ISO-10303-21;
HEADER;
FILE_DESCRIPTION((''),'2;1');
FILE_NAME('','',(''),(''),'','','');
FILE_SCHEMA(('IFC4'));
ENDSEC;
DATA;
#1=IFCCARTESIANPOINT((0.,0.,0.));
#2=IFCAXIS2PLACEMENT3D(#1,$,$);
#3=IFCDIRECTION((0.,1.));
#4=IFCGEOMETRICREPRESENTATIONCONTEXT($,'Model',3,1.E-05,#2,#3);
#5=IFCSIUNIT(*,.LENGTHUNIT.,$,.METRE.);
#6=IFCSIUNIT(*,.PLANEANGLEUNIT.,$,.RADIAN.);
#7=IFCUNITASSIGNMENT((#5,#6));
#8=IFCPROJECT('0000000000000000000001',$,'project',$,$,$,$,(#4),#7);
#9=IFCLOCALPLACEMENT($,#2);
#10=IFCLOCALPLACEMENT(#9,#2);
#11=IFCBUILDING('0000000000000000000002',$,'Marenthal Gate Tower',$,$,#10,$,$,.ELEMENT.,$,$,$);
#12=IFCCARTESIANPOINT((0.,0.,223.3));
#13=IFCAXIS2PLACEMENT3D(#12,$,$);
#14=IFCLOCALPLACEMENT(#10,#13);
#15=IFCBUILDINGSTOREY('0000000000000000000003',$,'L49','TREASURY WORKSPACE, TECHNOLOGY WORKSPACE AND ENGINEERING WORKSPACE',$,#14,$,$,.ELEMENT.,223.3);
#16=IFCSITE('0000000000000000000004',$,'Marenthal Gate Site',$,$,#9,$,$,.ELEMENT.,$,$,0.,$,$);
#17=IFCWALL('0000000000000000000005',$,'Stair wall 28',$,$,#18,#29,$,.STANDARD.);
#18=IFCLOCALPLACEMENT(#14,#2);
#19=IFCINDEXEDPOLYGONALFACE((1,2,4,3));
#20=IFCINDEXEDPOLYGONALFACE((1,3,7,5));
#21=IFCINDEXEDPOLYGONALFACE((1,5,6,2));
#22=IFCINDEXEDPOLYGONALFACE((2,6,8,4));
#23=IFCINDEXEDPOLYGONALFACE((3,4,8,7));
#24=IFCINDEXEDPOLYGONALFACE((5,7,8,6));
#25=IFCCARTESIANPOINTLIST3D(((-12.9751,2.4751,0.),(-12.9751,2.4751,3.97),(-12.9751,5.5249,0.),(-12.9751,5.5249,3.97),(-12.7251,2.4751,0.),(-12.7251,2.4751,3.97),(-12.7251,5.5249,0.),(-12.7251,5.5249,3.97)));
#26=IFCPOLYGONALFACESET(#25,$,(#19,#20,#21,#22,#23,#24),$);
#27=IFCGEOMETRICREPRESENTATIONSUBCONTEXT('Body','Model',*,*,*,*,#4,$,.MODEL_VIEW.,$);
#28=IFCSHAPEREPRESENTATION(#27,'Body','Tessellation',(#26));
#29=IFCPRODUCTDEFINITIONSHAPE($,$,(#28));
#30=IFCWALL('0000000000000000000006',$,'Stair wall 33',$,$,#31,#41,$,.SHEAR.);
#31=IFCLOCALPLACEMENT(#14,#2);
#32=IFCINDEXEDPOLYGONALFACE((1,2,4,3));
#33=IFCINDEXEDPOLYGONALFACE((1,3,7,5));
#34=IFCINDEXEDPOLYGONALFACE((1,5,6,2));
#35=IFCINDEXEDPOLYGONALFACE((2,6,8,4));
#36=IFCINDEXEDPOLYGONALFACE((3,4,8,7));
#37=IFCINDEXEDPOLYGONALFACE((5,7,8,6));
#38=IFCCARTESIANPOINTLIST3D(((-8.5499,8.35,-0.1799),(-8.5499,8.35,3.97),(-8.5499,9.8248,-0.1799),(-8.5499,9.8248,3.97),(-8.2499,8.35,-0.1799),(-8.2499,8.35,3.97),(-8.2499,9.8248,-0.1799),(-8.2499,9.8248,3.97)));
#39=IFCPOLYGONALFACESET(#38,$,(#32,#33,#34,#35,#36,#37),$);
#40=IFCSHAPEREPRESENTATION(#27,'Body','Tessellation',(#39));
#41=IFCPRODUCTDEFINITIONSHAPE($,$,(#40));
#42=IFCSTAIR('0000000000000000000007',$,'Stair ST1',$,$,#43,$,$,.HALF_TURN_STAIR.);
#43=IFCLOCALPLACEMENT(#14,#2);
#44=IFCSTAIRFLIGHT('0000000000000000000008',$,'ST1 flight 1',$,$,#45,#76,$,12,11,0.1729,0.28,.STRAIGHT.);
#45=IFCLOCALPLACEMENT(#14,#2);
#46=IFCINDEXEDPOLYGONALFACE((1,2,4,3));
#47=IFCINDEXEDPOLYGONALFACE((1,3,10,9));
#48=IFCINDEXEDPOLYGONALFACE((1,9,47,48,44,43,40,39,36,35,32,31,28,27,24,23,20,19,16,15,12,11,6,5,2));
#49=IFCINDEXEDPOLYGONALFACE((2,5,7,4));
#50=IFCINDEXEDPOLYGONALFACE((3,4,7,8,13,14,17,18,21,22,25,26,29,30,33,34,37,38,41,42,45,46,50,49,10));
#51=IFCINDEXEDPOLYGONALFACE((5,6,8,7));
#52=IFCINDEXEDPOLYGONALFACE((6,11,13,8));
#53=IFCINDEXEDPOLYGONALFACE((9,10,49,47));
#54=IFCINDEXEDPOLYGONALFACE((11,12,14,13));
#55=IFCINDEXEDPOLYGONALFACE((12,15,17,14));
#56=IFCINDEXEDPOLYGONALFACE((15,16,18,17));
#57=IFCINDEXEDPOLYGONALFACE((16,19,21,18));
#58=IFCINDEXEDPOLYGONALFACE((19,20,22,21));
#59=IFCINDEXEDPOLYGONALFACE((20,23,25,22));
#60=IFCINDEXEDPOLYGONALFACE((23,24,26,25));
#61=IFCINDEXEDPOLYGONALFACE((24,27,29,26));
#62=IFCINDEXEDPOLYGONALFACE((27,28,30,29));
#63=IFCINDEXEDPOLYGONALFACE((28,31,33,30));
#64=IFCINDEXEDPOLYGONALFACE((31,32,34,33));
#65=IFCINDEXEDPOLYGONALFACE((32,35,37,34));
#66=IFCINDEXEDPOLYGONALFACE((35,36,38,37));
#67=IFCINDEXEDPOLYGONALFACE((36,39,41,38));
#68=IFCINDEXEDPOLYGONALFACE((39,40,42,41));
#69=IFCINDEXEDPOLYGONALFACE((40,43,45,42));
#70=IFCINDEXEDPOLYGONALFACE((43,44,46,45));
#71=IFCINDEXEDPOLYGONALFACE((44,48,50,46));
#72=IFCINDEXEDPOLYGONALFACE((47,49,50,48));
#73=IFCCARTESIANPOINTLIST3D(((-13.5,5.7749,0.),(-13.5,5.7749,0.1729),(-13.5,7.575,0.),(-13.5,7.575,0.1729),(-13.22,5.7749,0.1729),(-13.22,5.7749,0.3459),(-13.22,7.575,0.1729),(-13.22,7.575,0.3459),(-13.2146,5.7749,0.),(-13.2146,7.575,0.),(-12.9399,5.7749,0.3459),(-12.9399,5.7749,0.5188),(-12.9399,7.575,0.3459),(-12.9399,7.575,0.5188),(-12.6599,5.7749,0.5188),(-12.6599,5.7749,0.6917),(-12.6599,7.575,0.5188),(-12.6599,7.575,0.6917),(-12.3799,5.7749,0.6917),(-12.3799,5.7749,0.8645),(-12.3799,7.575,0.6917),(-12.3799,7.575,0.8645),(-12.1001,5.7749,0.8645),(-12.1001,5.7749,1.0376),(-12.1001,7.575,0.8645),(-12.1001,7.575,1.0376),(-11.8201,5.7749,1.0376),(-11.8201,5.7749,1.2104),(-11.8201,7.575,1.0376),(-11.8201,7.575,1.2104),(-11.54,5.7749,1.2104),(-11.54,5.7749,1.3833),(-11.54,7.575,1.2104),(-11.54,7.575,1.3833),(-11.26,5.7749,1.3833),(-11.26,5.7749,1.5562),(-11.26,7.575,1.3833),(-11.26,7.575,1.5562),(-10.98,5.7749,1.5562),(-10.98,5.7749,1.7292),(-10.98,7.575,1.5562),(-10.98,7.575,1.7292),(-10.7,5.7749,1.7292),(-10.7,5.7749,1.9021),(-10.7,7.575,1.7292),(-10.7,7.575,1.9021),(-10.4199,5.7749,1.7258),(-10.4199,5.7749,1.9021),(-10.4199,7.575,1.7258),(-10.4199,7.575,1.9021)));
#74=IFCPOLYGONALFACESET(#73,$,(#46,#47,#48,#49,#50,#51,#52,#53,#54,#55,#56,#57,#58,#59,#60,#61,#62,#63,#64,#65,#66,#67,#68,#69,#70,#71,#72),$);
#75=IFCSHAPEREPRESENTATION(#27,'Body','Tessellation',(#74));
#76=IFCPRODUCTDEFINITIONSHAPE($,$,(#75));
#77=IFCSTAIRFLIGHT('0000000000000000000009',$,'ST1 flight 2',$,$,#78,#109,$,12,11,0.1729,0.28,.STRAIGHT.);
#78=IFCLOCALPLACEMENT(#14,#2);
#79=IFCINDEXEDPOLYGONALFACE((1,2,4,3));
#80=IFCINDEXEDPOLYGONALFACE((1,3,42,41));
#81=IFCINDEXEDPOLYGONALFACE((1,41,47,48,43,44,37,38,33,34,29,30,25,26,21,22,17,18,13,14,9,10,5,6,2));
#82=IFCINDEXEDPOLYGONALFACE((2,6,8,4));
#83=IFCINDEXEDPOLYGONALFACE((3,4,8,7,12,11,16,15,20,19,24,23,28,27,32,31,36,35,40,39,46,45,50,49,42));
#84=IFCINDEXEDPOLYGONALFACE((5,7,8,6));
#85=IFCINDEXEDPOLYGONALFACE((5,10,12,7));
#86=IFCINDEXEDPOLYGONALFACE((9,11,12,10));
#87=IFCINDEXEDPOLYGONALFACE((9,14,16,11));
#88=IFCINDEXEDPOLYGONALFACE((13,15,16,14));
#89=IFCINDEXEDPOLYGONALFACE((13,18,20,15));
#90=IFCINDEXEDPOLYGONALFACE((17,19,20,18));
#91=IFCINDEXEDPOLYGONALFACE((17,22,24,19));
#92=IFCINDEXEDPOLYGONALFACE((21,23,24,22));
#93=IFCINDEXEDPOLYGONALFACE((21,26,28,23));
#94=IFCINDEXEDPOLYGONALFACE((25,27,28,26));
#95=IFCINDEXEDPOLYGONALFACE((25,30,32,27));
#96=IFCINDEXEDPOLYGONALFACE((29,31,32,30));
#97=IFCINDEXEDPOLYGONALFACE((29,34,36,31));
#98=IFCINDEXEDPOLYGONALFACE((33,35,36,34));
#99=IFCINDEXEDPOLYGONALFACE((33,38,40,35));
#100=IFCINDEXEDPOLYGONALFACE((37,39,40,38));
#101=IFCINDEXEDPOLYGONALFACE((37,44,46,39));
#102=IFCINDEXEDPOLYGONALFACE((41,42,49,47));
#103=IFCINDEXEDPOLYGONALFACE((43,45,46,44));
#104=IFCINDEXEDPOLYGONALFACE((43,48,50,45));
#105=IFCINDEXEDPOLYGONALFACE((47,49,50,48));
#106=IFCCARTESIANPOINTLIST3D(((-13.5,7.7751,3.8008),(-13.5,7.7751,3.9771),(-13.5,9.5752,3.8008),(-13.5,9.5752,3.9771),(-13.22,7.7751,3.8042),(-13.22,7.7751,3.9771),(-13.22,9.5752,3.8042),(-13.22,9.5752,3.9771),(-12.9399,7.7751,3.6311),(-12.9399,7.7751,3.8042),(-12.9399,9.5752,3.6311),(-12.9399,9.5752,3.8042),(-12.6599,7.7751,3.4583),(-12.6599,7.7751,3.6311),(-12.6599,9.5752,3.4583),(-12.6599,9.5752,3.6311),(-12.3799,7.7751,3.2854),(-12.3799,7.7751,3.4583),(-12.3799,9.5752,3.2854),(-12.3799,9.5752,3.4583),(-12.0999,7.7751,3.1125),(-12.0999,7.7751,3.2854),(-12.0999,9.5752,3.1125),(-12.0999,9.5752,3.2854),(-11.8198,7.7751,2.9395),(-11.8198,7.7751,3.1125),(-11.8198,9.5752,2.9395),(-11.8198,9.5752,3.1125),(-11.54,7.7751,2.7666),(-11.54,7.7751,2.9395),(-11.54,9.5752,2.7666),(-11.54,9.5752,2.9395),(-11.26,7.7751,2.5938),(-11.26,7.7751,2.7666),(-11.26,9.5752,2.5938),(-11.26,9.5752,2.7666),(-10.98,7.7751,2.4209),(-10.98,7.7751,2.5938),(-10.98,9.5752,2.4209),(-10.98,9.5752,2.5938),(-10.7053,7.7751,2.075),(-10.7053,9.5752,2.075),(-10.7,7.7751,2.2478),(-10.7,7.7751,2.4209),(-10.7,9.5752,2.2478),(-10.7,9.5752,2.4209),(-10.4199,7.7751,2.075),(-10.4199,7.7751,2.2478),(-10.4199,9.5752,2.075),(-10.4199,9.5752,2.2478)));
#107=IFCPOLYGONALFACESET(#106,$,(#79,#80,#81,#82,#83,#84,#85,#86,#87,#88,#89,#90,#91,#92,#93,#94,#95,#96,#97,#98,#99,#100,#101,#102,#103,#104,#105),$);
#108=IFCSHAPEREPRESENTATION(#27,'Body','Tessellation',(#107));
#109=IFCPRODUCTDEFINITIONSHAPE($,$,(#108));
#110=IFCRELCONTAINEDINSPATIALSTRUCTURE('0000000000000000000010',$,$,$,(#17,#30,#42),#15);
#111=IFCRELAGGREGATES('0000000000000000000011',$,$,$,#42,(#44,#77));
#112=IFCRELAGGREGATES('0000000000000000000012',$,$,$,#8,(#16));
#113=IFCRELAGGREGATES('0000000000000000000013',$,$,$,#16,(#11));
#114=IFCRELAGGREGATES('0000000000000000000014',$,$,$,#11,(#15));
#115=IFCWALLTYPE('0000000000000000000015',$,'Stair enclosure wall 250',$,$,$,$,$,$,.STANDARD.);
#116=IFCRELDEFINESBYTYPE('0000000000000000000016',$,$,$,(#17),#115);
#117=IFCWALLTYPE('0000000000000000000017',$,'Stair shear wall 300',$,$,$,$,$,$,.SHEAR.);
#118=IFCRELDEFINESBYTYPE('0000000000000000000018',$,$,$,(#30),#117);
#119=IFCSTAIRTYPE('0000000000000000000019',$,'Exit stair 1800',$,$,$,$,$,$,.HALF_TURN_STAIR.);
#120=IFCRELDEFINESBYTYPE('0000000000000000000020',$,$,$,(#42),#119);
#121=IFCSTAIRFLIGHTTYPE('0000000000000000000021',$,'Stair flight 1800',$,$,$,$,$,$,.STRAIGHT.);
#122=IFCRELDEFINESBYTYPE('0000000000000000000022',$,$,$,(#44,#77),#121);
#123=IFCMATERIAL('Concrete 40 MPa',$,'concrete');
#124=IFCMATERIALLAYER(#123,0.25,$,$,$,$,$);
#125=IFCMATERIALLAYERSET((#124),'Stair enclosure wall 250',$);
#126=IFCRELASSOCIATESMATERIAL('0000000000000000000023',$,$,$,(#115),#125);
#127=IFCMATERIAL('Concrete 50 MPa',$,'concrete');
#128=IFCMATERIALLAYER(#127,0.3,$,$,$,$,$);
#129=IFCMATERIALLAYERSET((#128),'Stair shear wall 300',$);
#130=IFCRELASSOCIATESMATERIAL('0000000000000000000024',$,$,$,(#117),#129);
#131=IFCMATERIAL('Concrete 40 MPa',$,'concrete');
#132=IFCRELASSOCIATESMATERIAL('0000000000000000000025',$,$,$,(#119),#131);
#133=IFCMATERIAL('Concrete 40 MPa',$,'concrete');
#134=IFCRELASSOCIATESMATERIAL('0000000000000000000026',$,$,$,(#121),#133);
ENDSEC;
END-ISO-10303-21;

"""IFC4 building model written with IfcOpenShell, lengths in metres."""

from ifc_helpers import new_model, si_unit, direction, frame, frame_2d, origin, place, context, subcontext, project, spatial, polyline, rectangle, outline, extrude, material, layer, layer_set, type_object, element, aggregate, save


model = new_model("IFC4")

# Units and contexts
model_context = context("Model", 3, precision=1e-05, world=origin(), true_north=direction((0.0, 1.0)))
body_context = subcontext(model_context, "Body", "Model", "MODEL_VIEW")
ifc_project = project(units=[si_unit("LENGTHUNIT", "METRE"), si_unit("PLANEANGLEUNIT", "RADIAN")], contexts=[model_context])

# Site, building, storey
site_placement = place(None, origin())
site = spatial("IfcSite", under=ifc_project, at=site_placement, Name="Marenthal Gate Site", CompositionType="ELEMENT", RefElevation=0.0)
building_placement = place(site_placement, origin())
building = spatial("IfcBuilding", under=site, at=building_placement, Name="Marenthal Gate Tower", CompositionType="ELEMENT")
storey_placement = place(building_placement, frame((0.0, 0.0, 223.3)))
storey = spatial("IfcBuildingStorey", under=building, at=storey_placement, Name="L49", Description="TREASURY WORKSPACE, TECHNOLOGY WORKSPACE AND ENGINEERING WORKSPACE", CompositionType="ELEMENT", Elevation=223.3)

# Walls
ifc_material_1 = material(Name="Concrete 40 MPa", Category="concrete")
ifc_layer_1 = layer(ifc_material_1, 0.25)
ifc_layer_set_1 = layer_set([ifc_layer_1], Name="Stair enclosure wall 250")
wall_type_1 = type_object("IfcWallType", Name="Stair enclosure wall 250", PredefinedType="STANDARD", material=ifc_layer_set_1)
wall_1_placement = place(storey_placement, frame((-12.8501, 2.4751, 0.0), z_axis=(0.0, 0.0, 1.0), x_axis=(0.0, 1.0, 0.0)))
element("IfcWall", 1, at=wall_1_placement, inside=storey, type_object=wall_type_1, Name="Stair wall 28", PredefinedType="STANDARD", context=body_context, shape_type="SweptSolid", body=[
    extrude(rectangle(XDim=3.0498, YDim=0.25, at=frame_2d((1.5249, 0.0))), origin(), (0.0, 0.0, 1.0), 3.97),
])
ifc_material_2 = material(Name="Concrete 50 MPa", Category="concrete")
ifc_layer_2 = layer(ifc_material_2, 0.3)
ifc_layer_set_2 = layer_set([ifc_layer_2], Name="Stair shear wall 300")
wall_type_2 = type_object("IfcWallType", Name="Stair shear wall 300", PredefinedType="SHEAR", material=ifc_layer_set_2)
wall_2_placement = place(storey_placement, frame((-8.3999, 8.3501, -0.1799), z_axis=(0.0, 0.0, 1.0), x_axis=(0.0, 1.0, 0.0)))
element("IfcWall", 2, at=wall_2_placement, inside=storey, type_object=wall_type_2, Name="Stair wall 33", PredefinedType="SHEAR", context=body_context, shape_type="SweptSolid", body=[
    extrude(rectangle(XDim=1.4749, YDim=0.3, at=frame_2d((0.7373, 0.0))), origin(), (0.0, 0.0, 1.0), 4.1499),
])

# Stair, stair flights
ifc_material_3 = material(Name="Concrete 40 MPa", Category="concrete")
stair_type = type_object("IfcStairType", Name="Exit stair 1800", PredefinedType="HALF_TURN_STAIR", material=ifc_material_3)
stair_placement = place(storey_placement, origin())
stair = element("IfcStair", 3, at=stair_placement, inside=storey, type_object=stair_type, Name="Stair ST1", PredefinedType="HALF_TURN_STAIR")
ifc_material_4 = material(Name="Concrete 40 MPa", Category="concrete")
stair_flight_type = type_object("IfcStairFlightType", Name="Stair flight 1800", PredefinedType="STRAIGHT", material=ifc_material_4)
stair_flight_1_placement = place(storey_placement, frame((-13.5, 6.675, 0.0), z_axis=(0.0, 0.0, 1.0), x_axis=(1.0, 0.0, 0.0)))
stair_flight_1 = element("IfcStairFlight", 4, at=stair_flight_1_placement, type_object=stair_flight_type, Name="ST1 flight 1", NumberOfRisers=12, NumberOfTreads=11, PredefinedType="STRAIGHT", RiserHeight=0.1729, TreadLength=0.28, context=body_context, shape_type="SweptSolid", body=[
    extrude(outline(polyline([(0.0, 0.0), (0.0, 0.1729), (0.28, 0.1729), (0.28, 0.3459), (0.5601, 0.3459), (0.5601, 0.5188), (0.8401, 0.5188), (0.8401, 0.6917), (1.1201, 0.6917), (1.1201, 0.8645), (1.3999, 0.8645), (1.3999, 1.0376), (1.6799, 1.0376), (1.6799, 1.2104), (1.96, 1.2104), (1.96, 1.3833), (2.24, 1.3833), (2.24, 1.5562), (2.52, 1.5562), (2.52, 1.7292), (2.8, 1.7292), (2.8, 1.9021), (3.0801, 1.9021), (3.0801, 2.075), (3.0801, 1.7258), (0.2854, 0.0), (0.0, 0.0)])), frame((0.0, 0.8999, 0.0), z_axis=(0.0, -1.0, 0.0), x_axis=(1.0, 0.0, 0.0)), (0.0, 0.0, 1.0), 1.8),
])
stair_flight_2_placement = place(storey_placement, frame((-10.4199, 8.675, 2.075), z_axis=(0.0, 0.0, 1.0), x_axis=(-1.0, 0.0, 0.0)))
stair_flight_2 = element("IfcStairFlight", 5, at=stair_flight_2_placement, type_object=stair_flight_type, Name="ST1 flight 2", NumberOfRisers=12, NumberOfTreads=11, PredefinedType="STRAIGHT", RiserHeight=0.1729, TreadLength=0.28, context=body_context, shape_type="SweptSolid", body=[
    extrude(outline(polyline([(0.0, 0.0), (0.0, 0.1729), (0.28, 0.1729), (0.28, 0.3459), (0.5601, 0.3459), (0.5601, 0.5188), (0.8401, 0.5188), (0.8401, 0.6917), (1.1201, 0.6917), (1.1201, 0.8645), (1.3999, 0.8645), (1.3999, 1.0376), (1.6799, 1.0376), (1.6799, 1.2104), (1.96, 1.2104), (1.96, 1.3833), (2.24, 1.3833), (2.24, 1.5562), (2.52, 1.5562), (2.52, 1.7292), (2.8, 1.7292), (2.8, 1.9021), (3.0801, 1.9021), (3.0801, 2.075), (3.0801, 1.7258), (0.2854, 0.0), (0.0, 0.0)])), frame((0.0, 0.8999, 0.0), z_axis=(0.0, -1.0, 0.0), x_axis=(1.0, 0.0, 0.0)), (0.0, 0.0, 1.0), 1.8),
])
aggregate(stair, [stair_flight_1, stair_flight_2])

save(model, "model.ifc")
